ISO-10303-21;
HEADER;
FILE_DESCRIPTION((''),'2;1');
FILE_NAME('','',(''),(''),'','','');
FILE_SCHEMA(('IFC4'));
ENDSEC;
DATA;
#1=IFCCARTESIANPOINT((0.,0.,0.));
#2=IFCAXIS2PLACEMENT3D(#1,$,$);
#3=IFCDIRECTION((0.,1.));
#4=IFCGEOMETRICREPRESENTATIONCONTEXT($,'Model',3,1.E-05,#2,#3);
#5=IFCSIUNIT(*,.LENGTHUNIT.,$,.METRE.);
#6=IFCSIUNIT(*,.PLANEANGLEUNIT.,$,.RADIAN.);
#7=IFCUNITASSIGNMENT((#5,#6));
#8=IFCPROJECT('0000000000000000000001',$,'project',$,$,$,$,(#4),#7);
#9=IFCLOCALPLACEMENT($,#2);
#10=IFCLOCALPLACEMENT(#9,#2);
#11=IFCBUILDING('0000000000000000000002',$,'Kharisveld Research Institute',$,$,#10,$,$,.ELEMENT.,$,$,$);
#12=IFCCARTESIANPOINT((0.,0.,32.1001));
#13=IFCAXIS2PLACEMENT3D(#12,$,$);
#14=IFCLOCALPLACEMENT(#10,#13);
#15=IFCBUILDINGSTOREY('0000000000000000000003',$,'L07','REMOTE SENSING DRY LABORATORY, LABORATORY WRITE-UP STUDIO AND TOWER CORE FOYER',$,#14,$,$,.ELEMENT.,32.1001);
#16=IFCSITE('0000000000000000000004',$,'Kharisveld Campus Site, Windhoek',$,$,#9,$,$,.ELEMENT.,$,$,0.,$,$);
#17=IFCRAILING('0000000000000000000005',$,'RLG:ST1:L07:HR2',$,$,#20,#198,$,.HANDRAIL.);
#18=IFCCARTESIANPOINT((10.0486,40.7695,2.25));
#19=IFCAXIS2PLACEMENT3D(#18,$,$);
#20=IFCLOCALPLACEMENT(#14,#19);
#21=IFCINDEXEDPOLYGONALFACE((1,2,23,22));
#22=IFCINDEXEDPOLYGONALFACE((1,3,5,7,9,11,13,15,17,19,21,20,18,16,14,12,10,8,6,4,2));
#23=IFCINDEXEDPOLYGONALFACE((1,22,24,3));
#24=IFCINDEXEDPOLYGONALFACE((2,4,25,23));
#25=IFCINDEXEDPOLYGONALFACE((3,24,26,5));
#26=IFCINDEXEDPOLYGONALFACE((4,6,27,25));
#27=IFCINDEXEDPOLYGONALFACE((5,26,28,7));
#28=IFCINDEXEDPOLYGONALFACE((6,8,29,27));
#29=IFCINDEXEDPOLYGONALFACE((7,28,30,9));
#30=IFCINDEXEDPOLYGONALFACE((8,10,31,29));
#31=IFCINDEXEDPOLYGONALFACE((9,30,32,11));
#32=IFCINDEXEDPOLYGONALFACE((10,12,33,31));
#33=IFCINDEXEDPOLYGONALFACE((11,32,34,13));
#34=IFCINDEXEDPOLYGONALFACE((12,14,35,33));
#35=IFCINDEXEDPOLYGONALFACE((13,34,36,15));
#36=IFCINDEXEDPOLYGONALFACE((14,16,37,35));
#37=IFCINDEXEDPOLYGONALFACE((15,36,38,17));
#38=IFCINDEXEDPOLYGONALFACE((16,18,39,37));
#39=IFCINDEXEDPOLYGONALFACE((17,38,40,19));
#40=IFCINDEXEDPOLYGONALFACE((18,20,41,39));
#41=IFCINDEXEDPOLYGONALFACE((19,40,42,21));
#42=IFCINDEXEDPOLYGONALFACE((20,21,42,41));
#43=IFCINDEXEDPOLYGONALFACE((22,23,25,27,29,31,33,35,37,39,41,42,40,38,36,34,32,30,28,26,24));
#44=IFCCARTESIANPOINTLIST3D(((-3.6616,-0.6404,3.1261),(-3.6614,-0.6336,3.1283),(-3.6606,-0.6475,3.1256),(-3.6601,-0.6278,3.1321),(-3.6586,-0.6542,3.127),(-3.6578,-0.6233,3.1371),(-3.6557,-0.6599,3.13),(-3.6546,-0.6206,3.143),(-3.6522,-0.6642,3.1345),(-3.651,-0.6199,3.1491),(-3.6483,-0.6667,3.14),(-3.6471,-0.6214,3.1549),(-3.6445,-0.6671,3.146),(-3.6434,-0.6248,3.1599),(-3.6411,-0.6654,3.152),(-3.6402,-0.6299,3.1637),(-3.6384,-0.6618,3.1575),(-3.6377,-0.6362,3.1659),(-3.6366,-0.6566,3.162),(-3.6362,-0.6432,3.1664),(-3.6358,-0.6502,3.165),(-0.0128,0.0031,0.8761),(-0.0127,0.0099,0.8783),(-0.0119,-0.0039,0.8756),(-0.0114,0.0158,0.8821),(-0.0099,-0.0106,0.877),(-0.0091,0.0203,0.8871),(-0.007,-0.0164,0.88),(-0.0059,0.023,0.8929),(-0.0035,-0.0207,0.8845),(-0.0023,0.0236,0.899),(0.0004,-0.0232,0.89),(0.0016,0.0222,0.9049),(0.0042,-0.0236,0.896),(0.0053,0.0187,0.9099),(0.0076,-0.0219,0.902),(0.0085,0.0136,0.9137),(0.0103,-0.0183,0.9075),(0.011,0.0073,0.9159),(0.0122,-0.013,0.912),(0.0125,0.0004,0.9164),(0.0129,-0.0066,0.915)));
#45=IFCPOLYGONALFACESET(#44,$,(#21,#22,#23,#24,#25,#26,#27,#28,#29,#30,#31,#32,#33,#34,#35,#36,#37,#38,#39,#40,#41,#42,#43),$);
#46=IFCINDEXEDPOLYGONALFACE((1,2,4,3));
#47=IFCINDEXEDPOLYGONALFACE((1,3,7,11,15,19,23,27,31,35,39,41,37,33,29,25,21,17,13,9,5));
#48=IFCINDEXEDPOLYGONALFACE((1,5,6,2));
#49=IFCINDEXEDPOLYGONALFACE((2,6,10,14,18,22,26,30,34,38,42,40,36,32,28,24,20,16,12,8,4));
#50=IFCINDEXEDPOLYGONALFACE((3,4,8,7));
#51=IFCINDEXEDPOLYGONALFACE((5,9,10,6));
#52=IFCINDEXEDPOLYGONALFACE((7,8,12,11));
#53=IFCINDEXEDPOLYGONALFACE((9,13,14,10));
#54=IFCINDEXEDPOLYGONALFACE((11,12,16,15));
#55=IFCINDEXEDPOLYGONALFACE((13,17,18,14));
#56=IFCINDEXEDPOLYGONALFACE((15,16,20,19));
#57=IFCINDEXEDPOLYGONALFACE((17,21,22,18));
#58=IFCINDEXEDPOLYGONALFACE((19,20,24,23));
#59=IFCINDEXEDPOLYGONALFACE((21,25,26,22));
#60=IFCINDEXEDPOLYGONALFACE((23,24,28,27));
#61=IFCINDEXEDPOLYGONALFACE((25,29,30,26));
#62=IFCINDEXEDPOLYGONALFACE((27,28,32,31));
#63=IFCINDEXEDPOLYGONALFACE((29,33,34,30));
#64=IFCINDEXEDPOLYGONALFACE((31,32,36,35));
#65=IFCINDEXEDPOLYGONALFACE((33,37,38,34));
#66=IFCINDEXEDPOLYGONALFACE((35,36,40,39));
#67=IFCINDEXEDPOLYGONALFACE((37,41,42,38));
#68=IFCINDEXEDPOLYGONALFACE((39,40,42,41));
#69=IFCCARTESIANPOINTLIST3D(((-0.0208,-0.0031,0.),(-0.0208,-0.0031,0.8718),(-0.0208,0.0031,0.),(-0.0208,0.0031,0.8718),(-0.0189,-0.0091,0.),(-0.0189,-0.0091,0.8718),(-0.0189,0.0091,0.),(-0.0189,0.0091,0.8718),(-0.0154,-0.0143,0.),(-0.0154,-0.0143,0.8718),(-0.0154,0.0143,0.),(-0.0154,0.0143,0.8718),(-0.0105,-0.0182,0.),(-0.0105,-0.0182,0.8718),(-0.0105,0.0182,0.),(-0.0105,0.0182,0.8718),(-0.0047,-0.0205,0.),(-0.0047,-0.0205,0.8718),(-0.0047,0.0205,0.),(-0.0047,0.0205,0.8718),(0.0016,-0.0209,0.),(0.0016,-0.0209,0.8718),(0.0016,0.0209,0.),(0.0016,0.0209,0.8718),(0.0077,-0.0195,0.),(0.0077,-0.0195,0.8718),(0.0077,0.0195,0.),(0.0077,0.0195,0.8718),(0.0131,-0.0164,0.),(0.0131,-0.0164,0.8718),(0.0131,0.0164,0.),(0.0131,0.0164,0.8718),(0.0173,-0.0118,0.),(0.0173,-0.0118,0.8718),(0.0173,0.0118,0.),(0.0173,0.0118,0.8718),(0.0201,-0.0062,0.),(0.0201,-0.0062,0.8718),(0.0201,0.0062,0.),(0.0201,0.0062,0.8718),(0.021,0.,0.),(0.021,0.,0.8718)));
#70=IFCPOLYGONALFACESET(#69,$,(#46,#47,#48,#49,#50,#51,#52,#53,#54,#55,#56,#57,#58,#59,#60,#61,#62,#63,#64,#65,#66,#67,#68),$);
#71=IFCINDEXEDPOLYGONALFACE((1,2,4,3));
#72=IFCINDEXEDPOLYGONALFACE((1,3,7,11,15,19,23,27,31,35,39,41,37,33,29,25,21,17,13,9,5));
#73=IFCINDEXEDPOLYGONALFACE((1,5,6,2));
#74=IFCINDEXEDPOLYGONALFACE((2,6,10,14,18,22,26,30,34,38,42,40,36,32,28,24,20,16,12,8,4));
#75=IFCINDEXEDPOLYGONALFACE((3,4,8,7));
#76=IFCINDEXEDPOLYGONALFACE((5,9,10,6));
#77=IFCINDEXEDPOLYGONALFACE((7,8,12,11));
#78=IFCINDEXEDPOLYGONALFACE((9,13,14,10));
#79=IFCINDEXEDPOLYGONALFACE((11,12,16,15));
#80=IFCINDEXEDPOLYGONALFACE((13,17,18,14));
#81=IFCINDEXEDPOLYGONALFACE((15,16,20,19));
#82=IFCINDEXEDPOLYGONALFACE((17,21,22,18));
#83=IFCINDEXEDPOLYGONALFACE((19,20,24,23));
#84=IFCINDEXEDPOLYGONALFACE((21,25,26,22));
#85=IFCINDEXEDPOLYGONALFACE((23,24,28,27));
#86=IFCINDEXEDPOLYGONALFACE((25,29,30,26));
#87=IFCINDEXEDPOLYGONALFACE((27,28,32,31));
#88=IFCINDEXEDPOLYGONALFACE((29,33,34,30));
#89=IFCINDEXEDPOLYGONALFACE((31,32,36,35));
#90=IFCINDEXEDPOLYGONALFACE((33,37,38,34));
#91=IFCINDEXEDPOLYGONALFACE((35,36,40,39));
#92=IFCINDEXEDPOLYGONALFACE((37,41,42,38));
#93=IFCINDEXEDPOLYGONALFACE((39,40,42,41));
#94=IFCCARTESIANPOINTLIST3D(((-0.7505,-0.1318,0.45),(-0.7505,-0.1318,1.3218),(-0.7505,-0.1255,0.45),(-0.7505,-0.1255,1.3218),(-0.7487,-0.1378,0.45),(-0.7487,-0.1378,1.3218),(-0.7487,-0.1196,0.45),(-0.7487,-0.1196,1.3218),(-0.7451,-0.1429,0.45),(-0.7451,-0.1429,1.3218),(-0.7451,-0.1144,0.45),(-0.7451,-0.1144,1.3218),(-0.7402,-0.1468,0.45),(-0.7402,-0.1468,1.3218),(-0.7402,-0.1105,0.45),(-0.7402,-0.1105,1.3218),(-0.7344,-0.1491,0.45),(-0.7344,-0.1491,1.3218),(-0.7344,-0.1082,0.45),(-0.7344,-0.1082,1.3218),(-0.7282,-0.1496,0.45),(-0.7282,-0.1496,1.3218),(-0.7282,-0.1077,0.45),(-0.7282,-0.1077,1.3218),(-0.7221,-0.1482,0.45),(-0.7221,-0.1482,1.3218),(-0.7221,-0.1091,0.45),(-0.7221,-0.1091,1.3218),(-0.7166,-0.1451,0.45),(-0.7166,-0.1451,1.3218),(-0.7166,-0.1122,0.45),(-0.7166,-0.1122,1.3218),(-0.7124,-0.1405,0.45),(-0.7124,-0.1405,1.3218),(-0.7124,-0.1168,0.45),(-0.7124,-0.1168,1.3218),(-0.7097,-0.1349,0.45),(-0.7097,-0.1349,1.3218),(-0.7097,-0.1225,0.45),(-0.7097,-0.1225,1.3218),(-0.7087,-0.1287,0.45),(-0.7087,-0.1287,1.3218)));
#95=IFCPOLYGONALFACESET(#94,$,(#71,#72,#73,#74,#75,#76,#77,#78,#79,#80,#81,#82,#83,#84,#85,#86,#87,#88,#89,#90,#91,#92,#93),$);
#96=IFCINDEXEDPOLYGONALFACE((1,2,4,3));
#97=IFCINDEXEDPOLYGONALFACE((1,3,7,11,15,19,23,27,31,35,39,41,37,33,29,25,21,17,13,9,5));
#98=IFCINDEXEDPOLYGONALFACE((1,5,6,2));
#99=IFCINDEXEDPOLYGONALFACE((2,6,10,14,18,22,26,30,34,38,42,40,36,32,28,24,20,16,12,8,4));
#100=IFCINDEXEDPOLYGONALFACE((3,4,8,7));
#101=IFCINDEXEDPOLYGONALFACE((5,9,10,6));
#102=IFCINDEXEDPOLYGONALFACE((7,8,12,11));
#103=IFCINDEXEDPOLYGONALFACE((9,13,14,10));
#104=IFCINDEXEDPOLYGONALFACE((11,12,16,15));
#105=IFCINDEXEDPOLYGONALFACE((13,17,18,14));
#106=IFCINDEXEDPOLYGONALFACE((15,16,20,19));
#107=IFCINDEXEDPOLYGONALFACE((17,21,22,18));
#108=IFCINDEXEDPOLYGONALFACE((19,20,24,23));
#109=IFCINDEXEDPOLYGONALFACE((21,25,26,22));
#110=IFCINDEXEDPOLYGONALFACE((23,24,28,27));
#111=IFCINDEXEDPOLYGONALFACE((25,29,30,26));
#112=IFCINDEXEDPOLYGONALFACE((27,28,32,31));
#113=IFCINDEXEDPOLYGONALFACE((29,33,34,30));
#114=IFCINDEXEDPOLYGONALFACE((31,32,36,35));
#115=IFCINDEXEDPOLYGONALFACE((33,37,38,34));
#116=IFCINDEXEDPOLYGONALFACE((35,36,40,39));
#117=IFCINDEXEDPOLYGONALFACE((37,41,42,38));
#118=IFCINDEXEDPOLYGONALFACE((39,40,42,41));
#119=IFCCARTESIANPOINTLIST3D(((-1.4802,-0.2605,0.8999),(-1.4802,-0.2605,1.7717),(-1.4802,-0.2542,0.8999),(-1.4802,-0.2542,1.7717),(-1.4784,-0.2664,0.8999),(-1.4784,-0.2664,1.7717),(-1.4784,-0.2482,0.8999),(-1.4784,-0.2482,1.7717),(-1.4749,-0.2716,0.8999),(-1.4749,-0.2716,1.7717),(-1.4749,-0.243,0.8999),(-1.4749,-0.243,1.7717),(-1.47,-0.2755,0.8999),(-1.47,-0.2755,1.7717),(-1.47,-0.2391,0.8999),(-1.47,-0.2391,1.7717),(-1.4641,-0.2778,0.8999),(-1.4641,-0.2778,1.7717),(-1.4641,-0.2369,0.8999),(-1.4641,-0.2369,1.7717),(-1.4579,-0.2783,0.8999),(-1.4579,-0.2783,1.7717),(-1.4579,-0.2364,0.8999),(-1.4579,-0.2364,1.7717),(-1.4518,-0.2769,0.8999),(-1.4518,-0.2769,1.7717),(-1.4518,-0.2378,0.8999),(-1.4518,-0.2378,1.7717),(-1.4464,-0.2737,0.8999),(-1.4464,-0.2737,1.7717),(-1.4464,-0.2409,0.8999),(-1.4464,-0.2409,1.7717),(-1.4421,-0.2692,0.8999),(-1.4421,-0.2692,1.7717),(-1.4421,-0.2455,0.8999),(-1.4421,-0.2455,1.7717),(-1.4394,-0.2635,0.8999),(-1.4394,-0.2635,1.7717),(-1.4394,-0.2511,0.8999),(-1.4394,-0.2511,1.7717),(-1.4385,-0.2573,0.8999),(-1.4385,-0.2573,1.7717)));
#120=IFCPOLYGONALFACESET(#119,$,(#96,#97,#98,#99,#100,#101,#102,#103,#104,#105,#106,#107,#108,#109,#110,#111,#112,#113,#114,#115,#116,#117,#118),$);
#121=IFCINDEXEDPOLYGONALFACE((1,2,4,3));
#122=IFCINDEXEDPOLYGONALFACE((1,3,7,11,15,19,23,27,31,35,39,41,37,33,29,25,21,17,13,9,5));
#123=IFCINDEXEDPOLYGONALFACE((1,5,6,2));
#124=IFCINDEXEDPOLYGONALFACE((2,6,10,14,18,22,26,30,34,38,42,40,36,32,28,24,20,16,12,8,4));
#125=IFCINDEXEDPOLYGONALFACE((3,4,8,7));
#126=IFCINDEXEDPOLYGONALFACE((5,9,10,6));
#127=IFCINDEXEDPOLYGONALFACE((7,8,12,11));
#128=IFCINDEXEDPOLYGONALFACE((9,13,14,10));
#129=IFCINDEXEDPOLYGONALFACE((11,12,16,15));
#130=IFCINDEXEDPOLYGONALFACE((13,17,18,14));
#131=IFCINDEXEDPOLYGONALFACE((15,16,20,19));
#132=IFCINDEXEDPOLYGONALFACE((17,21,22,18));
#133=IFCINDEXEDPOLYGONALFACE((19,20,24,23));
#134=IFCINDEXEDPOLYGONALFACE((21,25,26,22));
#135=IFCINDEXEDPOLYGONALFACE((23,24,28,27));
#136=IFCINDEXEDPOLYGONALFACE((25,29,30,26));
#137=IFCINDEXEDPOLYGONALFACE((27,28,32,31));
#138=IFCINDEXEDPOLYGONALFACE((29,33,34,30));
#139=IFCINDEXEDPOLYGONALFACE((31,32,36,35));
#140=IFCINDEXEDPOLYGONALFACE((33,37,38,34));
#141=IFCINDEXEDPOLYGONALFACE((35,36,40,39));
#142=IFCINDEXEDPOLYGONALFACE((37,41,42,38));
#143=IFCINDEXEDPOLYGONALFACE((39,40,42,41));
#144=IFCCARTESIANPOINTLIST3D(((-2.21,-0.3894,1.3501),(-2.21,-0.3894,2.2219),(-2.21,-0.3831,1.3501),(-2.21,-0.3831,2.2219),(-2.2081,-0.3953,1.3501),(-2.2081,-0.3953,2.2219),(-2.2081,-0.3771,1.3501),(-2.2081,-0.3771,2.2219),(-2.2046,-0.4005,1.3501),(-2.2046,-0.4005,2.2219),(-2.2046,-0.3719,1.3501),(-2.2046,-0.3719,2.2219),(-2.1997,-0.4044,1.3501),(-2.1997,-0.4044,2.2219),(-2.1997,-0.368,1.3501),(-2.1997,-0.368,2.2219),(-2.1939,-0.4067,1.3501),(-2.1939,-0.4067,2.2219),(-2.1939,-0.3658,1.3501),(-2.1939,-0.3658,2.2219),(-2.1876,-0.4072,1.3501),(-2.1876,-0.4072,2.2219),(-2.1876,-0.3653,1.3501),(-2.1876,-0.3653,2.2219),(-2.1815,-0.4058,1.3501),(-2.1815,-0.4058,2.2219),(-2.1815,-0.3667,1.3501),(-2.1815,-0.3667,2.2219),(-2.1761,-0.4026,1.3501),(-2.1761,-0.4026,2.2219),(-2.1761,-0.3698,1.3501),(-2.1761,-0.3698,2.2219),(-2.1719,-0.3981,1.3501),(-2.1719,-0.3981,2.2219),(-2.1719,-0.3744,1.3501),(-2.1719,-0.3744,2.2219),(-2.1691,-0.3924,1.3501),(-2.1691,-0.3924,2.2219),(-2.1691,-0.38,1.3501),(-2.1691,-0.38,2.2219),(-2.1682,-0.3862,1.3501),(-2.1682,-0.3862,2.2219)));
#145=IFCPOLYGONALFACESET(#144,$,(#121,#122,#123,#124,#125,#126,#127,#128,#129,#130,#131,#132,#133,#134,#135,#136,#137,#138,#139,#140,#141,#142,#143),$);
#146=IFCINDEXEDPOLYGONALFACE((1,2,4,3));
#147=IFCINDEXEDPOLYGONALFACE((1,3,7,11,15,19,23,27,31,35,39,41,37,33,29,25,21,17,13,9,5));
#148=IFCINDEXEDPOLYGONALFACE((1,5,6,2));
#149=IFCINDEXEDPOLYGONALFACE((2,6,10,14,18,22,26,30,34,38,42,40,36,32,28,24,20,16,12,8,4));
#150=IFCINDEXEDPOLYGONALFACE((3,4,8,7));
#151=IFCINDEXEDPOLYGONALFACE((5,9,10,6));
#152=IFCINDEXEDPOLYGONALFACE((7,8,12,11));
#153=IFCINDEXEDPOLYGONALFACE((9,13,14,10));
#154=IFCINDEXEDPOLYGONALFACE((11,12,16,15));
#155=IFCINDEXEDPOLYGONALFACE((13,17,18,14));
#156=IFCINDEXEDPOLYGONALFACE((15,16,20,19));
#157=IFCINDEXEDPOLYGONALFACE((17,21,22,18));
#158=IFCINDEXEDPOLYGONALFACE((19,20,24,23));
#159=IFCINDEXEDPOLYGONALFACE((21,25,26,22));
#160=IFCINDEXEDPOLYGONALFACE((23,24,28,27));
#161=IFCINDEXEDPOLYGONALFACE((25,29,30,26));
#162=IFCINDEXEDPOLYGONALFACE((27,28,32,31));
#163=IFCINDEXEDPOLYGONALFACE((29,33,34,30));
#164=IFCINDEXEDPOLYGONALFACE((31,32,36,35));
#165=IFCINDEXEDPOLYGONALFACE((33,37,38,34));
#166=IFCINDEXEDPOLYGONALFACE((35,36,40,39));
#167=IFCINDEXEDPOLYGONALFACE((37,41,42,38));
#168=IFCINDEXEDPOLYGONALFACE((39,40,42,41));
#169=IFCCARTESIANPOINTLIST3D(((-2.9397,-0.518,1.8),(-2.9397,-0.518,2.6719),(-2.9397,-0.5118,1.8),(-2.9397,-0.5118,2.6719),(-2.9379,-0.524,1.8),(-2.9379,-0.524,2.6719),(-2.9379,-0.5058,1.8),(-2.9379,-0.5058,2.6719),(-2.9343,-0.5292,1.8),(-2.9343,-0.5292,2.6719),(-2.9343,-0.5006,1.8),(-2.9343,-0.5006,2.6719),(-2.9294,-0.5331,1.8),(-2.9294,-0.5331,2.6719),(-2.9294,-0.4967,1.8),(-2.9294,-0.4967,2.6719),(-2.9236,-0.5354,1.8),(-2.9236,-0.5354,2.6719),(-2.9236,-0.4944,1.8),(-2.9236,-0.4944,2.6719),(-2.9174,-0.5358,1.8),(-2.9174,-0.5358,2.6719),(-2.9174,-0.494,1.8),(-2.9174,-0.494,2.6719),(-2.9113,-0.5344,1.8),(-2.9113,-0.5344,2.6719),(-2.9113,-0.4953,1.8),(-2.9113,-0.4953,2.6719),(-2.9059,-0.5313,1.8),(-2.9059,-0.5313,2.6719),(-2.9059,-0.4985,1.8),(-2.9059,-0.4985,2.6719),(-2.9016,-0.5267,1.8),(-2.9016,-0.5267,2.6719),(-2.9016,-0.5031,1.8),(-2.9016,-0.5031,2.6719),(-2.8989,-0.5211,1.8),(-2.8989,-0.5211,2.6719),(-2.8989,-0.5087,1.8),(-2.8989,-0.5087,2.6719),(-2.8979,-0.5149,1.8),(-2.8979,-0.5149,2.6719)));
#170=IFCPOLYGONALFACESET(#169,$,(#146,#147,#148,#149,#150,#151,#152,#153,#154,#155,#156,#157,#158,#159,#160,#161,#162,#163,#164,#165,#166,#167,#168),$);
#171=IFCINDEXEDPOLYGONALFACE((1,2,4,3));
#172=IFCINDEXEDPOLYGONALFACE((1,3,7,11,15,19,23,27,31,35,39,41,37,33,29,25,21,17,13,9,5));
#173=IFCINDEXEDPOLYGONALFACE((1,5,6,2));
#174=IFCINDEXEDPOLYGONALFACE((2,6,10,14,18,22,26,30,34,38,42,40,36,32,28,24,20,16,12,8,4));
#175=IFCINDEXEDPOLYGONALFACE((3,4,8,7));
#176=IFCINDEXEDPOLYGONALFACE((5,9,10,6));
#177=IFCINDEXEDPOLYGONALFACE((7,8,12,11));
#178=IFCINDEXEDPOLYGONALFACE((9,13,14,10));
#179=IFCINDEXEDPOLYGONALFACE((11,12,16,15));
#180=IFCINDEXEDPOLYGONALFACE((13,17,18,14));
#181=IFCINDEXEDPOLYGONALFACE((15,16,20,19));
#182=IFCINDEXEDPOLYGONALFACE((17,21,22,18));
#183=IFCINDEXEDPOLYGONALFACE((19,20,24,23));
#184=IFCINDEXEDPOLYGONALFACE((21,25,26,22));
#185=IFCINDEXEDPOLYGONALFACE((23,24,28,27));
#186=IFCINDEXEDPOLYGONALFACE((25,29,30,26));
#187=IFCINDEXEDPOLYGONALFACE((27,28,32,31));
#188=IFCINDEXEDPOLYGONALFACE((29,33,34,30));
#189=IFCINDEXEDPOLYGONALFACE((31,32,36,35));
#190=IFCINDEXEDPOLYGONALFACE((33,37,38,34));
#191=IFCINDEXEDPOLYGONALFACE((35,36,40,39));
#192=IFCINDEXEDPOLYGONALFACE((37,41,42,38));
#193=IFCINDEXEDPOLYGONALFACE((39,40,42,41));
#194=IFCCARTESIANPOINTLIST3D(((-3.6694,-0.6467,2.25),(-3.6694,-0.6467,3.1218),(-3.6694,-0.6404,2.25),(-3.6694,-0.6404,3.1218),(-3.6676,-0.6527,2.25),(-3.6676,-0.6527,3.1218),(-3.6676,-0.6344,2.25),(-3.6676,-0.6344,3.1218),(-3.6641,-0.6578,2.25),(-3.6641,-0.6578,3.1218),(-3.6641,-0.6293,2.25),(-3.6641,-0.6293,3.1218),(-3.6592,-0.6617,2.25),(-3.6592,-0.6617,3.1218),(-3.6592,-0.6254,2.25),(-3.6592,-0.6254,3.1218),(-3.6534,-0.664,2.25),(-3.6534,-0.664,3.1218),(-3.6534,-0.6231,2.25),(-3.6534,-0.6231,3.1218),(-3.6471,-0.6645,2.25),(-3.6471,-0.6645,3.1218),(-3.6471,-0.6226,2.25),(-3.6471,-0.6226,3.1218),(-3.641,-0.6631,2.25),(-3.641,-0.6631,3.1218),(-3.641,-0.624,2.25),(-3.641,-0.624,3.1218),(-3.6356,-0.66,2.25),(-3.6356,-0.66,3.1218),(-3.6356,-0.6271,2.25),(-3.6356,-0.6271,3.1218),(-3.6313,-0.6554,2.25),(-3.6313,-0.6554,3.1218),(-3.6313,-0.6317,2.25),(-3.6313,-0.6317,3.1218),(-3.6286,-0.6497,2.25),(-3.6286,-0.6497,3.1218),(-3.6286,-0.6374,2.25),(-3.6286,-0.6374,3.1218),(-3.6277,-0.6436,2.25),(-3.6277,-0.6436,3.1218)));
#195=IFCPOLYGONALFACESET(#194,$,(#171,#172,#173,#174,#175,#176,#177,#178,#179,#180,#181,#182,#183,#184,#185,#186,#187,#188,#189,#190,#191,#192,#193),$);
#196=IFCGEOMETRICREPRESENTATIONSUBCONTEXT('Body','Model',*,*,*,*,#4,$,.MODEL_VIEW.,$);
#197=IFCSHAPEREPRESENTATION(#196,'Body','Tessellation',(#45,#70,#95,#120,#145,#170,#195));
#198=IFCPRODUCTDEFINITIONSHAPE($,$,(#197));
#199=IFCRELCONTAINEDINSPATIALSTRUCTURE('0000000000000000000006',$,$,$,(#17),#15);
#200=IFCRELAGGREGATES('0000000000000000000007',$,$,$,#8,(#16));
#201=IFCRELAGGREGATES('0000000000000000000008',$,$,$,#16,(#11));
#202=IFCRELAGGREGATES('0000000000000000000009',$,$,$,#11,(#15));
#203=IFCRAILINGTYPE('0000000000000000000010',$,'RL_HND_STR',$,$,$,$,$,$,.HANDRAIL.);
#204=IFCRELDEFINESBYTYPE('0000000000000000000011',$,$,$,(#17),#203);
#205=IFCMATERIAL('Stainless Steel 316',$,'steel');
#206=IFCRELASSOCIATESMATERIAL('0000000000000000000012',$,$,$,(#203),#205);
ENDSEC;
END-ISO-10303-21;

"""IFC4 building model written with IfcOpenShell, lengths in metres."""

from ifc_helpers import new_model, si_unit, direction, frame, origin, origin_2d, place, context, subcontext, project, spatial, circle, extrude, material, type_object, element, save


model = new_model("IFC4")

# Units and contexts
model_context = context("Model", 3, precision=1e-05, world=origin(), true_north=direction((0.0, 1.0)))
body_context = subcontext(model_context, "Body", "Model", "MODEL_VIEW")
ifc_project = project(units=[si_unit("LENGTHUNIT", "METRE"), si_unit("PLANEANGLEUNIT", "RADIAN")], contexts=[model_context])

# Site, building, storey
site_placement = place(None, origin())
site = spatial("IfcSite", under=ifc_project, at=site_placement, Name="Kharisveld Campus Site, Windhoek", CompositionType="ELEMENT", RefElevation=0.0)
building_placement = place(site_placement, origin())
building = spatial("IfcBuilding", under=site, at=building_placement, Name="Kharisveld Research Institute", CompositionType="ELEMENT")
storey_placement = place(building_placement, frame((0.0, 0.0, 32.1001)))
storey = spatial("IfcBuildingStorey", under=building, at=storey_placement, Name="L07", Description="REMOTE SENSING DRY LABORATORY, LABORATORY WRITE-UP STUDIO AND TOWER CORE FOYER", CompositionType="ELEMENT", Elevation=32.1001)

# Railing
ifc_material_1 = material(Name="Stainless Steel 316", Category="steel")
railing_type = type_object("IfcRailingType", Name="RL_HND_STR", PredefinedType="HANDRAIL", material=ifc_material_1)
railing_placement = place(storey_placement, frame((10.0486, 40.7695, 2.25)))
element("IfcRailing", 1, at=railing_placement, inside=storey, type_object=railing_type, Name="RLG:ST1:L07:HR2", PredefinedType="HANDRAIL", context=body_context, shape_type="SweptSolid", body=[
    extrude(circle(Radius=0.0239, at=origin_2d()), frame((0.0, 0.0, 0.896), z_axis=(-0.84174, -0.148466, 0.519068), x_axis=(0.173699, -0.984799, 0.0)), (0.0, 0.0, 1.0), 4.3347),
    extrude(circle(Radius=0.021, at=origin_2d()), origin(), (0.0, 0.0, 1.0), 0.8718),
    extrude(circle(Radius=0.021, at=origin_2d()), frame((-0.7297, -0.1287, 0.45)), (0.0, 0.0, 1.0), 0.8718),
    extrude(circle(Radius=0.021, at=origin_2d()), frame((-1.4595, -0.2573, 0.8999)), (0.0, 0.0, 1.0), 0.8718),
    extrude(circle(Radius=0.021, at=origin_2d()), frame((-2.1892, -0.3862, 1.3501)), (0.0, 0.0, 1.0), 0.8718),
    extrude(circle(Radius=0.021, at=origin_2d()), frame((-2.9189, -0.5149, 1.8)), (0.0, 0.0, 1.0), 0.8718),
    extrude(circle(Radius=0.021, at=origin_2d()), frame((-3.6487, -0.6436, 2.25)), (0.0, 0.0, 1.0), 0.8718),
])

save(model, "model.ifc")
